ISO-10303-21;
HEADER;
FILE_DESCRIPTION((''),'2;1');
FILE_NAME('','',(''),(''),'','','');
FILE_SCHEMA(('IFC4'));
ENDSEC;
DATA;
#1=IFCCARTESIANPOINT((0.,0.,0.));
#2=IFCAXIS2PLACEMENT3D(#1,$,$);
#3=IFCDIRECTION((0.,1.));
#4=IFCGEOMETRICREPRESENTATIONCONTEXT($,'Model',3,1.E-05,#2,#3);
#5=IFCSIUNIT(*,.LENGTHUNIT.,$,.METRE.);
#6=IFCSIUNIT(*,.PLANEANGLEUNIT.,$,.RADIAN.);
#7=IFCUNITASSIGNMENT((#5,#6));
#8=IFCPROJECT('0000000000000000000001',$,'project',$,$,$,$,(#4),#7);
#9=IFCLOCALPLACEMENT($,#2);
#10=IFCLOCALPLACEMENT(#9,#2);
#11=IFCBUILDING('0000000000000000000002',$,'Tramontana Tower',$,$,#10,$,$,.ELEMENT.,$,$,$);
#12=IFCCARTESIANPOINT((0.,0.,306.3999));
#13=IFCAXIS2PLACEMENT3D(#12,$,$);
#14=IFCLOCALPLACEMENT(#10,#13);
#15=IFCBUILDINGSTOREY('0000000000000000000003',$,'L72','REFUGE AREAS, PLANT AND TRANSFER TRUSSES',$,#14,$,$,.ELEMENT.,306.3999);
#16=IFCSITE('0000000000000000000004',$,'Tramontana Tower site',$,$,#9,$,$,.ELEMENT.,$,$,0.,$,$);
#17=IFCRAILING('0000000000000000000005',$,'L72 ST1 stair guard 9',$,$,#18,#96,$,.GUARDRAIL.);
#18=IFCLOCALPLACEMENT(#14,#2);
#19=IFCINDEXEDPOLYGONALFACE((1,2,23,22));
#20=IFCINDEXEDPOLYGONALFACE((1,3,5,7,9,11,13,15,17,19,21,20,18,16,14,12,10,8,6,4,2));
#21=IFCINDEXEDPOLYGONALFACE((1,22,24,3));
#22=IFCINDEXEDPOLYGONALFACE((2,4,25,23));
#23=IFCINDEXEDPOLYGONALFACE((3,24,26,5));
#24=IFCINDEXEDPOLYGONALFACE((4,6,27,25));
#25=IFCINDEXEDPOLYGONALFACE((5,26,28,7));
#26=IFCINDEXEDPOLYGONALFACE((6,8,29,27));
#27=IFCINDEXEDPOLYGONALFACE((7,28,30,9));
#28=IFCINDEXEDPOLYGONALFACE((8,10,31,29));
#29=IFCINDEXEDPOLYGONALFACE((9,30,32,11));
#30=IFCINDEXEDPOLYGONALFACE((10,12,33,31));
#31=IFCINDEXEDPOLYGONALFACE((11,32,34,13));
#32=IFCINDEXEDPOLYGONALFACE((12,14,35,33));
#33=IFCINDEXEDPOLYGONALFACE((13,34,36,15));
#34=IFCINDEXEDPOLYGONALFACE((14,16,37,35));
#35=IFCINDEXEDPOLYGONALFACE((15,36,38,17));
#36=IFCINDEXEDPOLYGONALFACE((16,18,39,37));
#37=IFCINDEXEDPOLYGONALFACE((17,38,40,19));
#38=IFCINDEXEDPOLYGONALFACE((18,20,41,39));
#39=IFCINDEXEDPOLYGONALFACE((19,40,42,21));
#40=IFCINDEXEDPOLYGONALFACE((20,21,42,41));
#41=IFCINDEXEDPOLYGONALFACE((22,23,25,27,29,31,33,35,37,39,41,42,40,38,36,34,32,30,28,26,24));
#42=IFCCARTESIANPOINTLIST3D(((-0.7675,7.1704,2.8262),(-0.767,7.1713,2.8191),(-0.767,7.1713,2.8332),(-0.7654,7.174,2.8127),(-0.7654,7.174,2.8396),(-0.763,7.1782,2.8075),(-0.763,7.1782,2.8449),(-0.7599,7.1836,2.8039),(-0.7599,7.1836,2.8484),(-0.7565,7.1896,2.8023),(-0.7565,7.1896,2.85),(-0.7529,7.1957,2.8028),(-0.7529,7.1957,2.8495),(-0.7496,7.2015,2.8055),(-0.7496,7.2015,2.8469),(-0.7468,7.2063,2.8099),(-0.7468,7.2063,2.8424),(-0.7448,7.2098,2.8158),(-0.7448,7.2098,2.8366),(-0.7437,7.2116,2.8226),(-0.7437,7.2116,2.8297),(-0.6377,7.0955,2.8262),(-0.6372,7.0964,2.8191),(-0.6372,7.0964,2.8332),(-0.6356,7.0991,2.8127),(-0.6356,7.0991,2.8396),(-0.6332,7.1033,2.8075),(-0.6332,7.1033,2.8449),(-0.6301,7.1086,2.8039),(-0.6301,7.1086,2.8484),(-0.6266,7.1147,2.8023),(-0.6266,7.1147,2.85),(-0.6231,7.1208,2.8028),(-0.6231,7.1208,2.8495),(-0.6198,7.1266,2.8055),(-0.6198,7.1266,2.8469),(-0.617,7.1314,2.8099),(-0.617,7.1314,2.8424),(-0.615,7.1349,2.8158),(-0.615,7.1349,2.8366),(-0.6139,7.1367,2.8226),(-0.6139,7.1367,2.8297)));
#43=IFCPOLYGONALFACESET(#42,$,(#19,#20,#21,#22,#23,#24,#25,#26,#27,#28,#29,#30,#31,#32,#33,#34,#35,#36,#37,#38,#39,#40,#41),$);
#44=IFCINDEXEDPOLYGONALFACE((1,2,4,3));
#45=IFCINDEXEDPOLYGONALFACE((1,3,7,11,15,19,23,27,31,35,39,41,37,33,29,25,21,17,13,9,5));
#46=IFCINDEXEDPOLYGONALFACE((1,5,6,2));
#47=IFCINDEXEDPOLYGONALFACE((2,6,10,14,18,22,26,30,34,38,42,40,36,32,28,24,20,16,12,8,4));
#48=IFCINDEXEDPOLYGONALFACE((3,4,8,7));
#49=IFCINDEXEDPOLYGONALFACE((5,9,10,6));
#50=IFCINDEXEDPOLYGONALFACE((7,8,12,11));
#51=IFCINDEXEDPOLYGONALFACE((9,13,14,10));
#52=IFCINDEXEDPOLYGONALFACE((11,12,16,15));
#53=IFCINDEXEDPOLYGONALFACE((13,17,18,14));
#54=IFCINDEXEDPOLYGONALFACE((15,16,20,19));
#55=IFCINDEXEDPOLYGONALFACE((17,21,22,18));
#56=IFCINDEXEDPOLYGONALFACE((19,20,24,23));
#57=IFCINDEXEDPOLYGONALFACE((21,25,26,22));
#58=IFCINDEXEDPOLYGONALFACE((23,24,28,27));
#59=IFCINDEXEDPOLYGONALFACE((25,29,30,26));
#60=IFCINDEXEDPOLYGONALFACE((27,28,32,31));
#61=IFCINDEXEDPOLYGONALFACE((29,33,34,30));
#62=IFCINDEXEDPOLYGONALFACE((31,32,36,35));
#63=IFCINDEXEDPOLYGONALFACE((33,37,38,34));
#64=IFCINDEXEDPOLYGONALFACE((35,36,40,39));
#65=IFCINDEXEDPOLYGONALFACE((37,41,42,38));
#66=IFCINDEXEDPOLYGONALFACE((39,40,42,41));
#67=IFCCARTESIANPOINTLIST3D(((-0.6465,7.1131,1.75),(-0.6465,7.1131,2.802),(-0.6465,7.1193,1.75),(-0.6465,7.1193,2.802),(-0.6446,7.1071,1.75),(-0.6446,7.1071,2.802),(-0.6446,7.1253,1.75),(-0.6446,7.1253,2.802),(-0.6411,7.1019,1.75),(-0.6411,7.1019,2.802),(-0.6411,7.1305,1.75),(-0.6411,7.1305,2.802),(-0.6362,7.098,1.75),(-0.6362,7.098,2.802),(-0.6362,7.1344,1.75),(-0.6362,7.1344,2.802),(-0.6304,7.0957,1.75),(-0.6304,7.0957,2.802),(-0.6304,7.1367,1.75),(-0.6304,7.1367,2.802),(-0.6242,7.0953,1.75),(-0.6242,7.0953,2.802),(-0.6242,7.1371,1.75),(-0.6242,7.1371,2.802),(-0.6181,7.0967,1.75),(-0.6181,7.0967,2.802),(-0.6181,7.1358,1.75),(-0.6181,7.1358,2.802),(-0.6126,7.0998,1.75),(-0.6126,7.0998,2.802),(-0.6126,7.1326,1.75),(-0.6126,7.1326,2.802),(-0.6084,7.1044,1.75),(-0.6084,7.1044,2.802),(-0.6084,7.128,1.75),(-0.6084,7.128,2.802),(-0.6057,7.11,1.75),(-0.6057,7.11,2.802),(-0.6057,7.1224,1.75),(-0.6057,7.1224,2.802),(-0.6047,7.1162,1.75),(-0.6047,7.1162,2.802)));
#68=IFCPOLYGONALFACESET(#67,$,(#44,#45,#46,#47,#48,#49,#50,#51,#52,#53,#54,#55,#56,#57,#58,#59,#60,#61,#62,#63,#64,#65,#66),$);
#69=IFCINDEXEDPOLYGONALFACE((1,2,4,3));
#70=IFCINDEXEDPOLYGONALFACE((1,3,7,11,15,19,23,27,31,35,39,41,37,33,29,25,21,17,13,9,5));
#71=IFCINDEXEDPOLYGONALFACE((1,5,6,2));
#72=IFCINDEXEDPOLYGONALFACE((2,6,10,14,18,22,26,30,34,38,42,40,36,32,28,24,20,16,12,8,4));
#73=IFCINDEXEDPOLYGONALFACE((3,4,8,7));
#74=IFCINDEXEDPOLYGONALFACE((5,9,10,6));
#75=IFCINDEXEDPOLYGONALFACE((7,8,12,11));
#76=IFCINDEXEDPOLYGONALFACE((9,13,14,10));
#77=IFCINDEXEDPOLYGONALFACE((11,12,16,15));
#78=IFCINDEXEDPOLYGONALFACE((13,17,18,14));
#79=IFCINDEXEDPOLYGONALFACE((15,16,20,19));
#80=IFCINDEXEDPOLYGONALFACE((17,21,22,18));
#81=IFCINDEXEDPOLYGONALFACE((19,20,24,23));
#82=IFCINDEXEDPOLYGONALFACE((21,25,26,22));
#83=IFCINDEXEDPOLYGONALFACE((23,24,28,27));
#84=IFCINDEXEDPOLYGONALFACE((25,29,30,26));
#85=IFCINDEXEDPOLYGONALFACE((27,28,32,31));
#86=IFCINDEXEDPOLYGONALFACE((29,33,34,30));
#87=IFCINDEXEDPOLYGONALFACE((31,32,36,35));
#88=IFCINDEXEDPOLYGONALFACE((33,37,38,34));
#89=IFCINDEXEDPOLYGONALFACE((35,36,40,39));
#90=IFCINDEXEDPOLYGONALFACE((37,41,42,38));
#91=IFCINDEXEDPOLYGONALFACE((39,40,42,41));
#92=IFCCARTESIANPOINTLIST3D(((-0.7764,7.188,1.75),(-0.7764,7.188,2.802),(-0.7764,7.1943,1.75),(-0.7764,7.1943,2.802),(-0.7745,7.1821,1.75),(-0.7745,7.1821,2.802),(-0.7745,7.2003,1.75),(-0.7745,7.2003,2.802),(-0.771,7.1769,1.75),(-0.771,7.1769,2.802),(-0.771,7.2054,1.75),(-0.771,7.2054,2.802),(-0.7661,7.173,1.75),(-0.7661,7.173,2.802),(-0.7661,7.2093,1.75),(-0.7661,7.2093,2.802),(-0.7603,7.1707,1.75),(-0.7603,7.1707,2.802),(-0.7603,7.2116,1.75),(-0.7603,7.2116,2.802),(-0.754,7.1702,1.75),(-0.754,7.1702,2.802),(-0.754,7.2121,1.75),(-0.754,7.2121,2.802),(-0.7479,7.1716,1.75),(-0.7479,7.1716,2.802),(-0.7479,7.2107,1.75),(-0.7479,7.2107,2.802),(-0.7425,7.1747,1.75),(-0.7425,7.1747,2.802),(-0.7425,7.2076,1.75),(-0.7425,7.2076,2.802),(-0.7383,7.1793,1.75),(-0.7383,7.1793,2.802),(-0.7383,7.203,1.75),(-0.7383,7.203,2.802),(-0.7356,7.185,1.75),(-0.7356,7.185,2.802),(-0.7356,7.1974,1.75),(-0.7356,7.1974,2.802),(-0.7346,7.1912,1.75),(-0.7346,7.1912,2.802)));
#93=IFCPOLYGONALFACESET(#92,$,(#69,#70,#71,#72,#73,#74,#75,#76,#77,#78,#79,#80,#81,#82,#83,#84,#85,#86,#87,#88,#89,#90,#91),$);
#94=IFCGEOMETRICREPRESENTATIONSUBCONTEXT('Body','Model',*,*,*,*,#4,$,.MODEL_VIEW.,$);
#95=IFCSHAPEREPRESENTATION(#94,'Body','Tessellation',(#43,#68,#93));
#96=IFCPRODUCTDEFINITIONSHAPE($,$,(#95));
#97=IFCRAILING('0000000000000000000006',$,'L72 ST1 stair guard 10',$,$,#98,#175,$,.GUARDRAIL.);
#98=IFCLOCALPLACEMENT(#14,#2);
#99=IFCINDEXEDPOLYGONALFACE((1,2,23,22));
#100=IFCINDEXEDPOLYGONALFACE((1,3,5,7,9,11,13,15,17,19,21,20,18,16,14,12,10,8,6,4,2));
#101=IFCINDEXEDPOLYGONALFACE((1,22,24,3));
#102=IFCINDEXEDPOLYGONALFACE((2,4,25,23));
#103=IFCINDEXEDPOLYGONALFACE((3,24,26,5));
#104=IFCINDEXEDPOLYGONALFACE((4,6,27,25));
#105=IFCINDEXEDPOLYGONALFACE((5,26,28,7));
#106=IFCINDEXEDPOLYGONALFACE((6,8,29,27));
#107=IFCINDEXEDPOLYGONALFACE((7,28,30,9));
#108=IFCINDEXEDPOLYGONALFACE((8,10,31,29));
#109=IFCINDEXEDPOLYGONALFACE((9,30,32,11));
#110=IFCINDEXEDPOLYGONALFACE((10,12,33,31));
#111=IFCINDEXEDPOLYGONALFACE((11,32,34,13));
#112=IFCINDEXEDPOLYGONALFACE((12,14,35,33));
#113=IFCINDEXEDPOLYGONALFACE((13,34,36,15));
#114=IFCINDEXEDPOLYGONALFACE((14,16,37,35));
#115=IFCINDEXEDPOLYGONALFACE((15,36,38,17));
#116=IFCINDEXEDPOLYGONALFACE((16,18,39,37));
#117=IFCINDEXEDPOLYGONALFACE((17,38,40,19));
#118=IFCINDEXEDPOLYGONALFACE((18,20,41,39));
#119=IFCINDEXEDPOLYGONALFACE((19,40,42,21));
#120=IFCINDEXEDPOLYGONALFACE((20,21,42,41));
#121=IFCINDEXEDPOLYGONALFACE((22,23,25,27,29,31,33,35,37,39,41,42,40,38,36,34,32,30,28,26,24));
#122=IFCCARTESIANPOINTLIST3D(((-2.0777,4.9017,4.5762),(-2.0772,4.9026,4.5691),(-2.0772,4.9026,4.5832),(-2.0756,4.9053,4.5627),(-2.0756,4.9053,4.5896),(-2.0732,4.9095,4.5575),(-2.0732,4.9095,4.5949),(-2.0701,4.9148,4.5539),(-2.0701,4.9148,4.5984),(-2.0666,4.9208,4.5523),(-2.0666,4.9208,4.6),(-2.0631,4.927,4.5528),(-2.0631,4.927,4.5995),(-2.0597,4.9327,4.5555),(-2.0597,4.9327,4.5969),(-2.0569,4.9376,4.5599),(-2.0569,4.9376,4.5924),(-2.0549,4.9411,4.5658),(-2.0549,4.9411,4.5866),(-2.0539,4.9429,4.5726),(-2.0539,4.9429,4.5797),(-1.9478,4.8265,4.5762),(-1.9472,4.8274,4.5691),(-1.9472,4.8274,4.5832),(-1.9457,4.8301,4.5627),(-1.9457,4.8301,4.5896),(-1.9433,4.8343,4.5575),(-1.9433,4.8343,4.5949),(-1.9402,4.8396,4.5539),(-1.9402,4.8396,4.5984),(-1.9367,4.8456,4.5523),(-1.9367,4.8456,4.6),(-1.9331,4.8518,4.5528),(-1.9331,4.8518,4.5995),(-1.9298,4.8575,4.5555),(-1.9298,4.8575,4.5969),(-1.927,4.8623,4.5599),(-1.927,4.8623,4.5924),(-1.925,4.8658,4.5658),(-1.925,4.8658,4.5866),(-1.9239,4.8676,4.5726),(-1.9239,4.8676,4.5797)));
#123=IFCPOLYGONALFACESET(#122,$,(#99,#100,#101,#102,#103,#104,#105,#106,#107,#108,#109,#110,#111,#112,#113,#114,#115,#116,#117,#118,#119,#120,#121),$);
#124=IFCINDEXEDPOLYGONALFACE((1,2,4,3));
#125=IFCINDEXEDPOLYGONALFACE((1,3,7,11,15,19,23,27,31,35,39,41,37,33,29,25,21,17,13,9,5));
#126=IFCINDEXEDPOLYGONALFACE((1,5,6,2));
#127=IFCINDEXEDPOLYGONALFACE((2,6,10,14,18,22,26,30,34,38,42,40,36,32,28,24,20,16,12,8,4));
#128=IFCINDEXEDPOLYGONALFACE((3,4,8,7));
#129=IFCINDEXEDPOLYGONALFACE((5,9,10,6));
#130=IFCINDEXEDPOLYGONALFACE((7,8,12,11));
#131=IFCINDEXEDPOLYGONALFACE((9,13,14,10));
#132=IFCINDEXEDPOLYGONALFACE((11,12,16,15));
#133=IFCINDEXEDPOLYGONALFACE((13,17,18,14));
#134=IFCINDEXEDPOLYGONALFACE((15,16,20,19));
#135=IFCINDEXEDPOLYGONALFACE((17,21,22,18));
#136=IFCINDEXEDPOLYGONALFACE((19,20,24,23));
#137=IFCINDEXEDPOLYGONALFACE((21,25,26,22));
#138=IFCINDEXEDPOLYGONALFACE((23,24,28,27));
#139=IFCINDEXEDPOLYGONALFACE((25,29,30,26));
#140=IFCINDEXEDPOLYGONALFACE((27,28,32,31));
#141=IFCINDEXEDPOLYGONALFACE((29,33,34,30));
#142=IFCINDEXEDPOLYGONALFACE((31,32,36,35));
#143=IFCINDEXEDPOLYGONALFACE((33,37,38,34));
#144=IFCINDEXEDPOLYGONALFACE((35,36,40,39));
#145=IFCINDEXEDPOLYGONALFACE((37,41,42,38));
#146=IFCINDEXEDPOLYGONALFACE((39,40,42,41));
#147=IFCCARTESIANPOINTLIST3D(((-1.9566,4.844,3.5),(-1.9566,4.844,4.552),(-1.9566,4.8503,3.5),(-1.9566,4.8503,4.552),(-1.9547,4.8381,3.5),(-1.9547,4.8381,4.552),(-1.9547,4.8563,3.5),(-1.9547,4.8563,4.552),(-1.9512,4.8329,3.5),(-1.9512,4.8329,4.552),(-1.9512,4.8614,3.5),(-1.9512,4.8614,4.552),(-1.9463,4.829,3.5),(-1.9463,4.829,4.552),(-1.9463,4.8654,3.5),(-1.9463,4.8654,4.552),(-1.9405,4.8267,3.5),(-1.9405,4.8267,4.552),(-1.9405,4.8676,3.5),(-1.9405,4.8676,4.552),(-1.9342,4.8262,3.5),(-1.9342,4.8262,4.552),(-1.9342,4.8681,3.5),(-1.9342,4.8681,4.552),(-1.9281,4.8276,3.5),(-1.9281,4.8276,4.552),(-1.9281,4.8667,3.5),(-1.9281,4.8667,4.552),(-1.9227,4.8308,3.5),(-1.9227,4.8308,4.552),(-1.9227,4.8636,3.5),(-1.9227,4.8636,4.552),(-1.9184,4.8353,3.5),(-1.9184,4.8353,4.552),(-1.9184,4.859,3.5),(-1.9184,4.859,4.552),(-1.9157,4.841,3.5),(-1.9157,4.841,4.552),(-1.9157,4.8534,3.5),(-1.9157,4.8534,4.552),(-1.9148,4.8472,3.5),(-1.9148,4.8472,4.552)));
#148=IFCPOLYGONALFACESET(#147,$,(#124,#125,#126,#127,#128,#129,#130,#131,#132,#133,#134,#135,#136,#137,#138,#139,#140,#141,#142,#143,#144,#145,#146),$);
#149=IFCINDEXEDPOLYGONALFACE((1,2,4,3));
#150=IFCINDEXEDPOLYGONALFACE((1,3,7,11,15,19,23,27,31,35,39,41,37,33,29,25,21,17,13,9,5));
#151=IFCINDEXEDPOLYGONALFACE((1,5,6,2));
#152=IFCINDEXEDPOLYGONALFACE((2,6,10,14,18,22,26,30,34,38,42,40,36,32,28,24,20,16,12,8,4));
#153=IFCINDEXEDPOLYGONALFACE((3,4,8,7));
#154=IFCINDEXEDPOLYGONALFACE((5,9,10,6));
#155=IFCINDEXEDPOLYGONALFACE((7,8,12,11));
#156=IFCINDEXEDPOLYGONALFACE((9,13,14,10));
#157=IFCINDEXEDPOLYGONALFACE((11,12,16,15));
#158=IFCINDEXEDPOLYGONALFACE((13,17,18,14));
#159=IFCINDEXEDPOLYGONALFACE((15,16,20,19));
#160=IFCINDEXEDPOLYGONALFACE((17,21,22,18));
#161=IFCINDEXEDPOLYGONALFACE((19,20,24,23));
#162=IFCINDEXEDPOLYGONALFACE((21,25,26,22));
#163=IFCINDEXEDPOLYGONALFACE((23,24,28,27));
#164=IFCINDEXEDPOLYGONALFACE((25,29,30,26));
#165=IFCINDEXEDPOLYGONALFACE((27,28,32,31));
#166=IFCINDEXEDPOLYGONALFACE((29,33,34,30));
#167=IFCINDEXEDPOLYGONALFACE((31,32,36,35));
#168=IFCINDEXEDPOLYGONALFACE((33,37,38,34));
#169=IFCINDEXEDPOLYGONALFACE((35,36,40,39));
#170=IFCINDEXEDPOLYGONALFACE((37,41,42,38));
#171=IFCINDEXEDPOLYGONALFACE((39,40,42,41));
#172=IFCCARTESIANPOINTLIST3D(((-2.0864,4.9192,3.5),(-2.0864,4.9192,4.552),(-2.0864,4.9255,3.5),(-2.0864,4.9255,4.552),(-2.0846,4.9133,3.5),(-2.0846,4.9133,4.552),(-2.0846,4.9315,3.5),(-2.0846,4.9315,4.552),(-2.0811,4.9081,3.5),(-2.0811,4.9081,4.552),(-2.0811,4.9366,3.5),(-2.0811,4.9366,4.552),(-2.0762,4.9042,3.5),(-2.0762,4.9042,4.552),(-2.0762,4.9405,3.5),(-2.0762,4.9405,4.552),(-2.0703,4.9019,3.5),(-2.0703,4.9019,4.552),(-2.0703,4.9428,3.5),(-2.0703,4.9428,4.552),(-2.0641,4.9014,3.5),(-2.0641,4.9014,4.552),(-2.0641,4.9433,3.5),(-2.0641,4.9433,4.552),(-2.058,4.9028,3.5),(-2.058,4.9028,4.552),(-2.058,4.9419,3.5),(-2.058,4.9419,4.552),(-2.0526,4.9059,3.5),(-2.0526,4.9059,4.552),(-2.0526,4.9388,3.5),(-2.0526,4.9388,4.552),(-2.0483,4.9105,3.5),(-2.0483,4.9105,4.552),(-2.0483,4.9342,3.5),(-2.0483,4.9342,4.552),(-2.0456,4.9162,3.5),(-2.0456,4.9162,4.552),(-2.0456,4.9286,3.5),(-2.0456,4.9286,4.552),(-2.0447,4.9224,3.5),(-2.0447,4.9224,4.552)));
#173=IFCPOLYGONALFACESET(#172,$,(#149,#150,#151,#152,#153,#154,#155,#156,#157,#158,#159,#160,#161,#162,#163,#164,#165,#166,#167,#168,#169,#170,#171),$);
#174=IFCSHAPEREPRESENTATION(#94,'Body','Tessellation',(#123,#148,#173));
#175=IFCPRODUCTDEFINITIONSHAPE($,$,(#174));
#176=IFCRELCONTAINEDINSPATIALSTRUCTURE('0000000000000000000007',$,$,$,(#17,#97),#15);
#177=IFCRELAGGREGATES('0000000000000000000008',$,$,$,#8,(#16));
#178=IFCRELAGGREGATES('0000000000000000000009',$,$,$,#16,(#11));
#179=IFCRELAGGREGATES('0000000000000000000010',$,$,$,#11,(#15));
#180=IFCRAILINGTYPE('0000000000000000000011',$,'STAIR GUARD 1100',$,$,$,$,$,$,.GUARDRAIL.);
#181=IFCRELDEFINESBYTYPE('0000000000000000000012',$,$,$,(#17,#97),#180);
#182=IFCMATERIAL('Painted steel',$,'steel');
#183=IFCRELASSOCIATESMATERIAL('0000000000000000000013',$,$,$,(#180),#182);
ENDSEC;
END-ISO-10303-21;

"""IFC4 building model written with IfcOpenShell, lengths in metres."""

from ifc_helpers import new_model, si_unit, direction, frame, origin, origin_2d, place, context, subcontext, project, spatial, circle, extrude, material, type_object, element, save


model = new_model("IFC4")

# Units and contexts
model_context = context("Model", 3, precision=1e-05, world=origin(), true_north=direction((0.0, 1.0)))
body_context = subcontext(model_context, "Body", "Model", "MODEL_VIEW")
ifc_project = project(units=[si_unit("LENGTHUNIT", "METRE"), si_unit("PLANEANGLEUNIT", "RADIAN")], contexts=[model_context])

# Site, building, storey
site_placement = place(None, origin())
site = spatial("IfcSite", under=ifc_project, at=site_placement, Name="Tramontana Tower site", CompositionType="ELEMENT", RefElevation=0.0)
building_placement = place(site_placement, origin())
building = spatial("IfcBuilding", under=site, at=building_placement, Name="Tramontana Tower", CompositionType="ELEMENT")
storey_placement = place(building_placement, frame((0.0, 0.0, 306.3999)))
storey = spatial("IfcBuildingStorey", under=building, at=storey_placement, Name="L72", Description="REFUGE AREAS, PLANT AND TRANSFER TRUSSES", CompositionType="ELEMENT", Elevation=306.3999)

# Railings
ifc_material_1 = material(Name="Painted steel", Category="steel")
railing_type_1 = type_object("IfcRailingType", Name="STAIR GUARD 1100", PredefinedType="GUARDRAIL", material=ifc_material_1)
railing_1_placement = place(storey_placement, frame((-0.6257, 7.1162, 1.75)))
element("IfcRailing", 1, at=railing_1_placement, inside=storey, type_object=railing_type_1, Name="L72 ST1 stair guard 9", PredefinedType="GUARDRAIL", context=body_context, shape_type="SweptSolid", body=[
    extrude(circle(Radius=0.0239, at=origin_2d()), frame((0.0, 0.0, 1.0762), z_axis=(-0.866131, 0.499816, 0.0), x_axis=(-0.499816, -0.866131, 0.0)), (0.0, 0.0, 1.0), 0.1499),
    extrude(circle(Radius=0.021, at=origin_2d()), origin(), (0.0, 0.0, 1.0), 1.052),
    extrude(circle(Radius=0.021, at=origin_2d()), frame((-0.1299, 0.075, 0.0)), (0.0, 0.0, 1.0), 1.052),
])
for number, where, name in (
    (2, (-1.9358, 4.8472, 3.5), "L72 ST1 stair guard 10"),
):
    element("IfcRailing", number, at=place(storey_placement, frame(where)), inside=storey, type_object=railing_type_1, Name=name, PredefinedType="GUARDRAIL", context=body_context, shape_type="SweptSolid", body=[
        extrude(circle(Radius=0.0239, at=origin_2d()), frame((0.0, 0.0, 1.0762), z_axis=(-0.865426, 0.501036, 0.0), x_axis=(-0.501036, -0.865426, 0.0)), (0.0, 0.0, 1.0), 0.1501),
        extrude(circle(Radius=0.021, at=origin_2d()), origin(), (0.0, 0.0, 1.0), 1.052),
        extrude(circle(Radius=0.021, at=origin_2d()), frame((-0.1299, 0.0752, 0.0)), (0.0, 0.0, 1.0), 1.052),
    ])

save(model, "model.ifc")
